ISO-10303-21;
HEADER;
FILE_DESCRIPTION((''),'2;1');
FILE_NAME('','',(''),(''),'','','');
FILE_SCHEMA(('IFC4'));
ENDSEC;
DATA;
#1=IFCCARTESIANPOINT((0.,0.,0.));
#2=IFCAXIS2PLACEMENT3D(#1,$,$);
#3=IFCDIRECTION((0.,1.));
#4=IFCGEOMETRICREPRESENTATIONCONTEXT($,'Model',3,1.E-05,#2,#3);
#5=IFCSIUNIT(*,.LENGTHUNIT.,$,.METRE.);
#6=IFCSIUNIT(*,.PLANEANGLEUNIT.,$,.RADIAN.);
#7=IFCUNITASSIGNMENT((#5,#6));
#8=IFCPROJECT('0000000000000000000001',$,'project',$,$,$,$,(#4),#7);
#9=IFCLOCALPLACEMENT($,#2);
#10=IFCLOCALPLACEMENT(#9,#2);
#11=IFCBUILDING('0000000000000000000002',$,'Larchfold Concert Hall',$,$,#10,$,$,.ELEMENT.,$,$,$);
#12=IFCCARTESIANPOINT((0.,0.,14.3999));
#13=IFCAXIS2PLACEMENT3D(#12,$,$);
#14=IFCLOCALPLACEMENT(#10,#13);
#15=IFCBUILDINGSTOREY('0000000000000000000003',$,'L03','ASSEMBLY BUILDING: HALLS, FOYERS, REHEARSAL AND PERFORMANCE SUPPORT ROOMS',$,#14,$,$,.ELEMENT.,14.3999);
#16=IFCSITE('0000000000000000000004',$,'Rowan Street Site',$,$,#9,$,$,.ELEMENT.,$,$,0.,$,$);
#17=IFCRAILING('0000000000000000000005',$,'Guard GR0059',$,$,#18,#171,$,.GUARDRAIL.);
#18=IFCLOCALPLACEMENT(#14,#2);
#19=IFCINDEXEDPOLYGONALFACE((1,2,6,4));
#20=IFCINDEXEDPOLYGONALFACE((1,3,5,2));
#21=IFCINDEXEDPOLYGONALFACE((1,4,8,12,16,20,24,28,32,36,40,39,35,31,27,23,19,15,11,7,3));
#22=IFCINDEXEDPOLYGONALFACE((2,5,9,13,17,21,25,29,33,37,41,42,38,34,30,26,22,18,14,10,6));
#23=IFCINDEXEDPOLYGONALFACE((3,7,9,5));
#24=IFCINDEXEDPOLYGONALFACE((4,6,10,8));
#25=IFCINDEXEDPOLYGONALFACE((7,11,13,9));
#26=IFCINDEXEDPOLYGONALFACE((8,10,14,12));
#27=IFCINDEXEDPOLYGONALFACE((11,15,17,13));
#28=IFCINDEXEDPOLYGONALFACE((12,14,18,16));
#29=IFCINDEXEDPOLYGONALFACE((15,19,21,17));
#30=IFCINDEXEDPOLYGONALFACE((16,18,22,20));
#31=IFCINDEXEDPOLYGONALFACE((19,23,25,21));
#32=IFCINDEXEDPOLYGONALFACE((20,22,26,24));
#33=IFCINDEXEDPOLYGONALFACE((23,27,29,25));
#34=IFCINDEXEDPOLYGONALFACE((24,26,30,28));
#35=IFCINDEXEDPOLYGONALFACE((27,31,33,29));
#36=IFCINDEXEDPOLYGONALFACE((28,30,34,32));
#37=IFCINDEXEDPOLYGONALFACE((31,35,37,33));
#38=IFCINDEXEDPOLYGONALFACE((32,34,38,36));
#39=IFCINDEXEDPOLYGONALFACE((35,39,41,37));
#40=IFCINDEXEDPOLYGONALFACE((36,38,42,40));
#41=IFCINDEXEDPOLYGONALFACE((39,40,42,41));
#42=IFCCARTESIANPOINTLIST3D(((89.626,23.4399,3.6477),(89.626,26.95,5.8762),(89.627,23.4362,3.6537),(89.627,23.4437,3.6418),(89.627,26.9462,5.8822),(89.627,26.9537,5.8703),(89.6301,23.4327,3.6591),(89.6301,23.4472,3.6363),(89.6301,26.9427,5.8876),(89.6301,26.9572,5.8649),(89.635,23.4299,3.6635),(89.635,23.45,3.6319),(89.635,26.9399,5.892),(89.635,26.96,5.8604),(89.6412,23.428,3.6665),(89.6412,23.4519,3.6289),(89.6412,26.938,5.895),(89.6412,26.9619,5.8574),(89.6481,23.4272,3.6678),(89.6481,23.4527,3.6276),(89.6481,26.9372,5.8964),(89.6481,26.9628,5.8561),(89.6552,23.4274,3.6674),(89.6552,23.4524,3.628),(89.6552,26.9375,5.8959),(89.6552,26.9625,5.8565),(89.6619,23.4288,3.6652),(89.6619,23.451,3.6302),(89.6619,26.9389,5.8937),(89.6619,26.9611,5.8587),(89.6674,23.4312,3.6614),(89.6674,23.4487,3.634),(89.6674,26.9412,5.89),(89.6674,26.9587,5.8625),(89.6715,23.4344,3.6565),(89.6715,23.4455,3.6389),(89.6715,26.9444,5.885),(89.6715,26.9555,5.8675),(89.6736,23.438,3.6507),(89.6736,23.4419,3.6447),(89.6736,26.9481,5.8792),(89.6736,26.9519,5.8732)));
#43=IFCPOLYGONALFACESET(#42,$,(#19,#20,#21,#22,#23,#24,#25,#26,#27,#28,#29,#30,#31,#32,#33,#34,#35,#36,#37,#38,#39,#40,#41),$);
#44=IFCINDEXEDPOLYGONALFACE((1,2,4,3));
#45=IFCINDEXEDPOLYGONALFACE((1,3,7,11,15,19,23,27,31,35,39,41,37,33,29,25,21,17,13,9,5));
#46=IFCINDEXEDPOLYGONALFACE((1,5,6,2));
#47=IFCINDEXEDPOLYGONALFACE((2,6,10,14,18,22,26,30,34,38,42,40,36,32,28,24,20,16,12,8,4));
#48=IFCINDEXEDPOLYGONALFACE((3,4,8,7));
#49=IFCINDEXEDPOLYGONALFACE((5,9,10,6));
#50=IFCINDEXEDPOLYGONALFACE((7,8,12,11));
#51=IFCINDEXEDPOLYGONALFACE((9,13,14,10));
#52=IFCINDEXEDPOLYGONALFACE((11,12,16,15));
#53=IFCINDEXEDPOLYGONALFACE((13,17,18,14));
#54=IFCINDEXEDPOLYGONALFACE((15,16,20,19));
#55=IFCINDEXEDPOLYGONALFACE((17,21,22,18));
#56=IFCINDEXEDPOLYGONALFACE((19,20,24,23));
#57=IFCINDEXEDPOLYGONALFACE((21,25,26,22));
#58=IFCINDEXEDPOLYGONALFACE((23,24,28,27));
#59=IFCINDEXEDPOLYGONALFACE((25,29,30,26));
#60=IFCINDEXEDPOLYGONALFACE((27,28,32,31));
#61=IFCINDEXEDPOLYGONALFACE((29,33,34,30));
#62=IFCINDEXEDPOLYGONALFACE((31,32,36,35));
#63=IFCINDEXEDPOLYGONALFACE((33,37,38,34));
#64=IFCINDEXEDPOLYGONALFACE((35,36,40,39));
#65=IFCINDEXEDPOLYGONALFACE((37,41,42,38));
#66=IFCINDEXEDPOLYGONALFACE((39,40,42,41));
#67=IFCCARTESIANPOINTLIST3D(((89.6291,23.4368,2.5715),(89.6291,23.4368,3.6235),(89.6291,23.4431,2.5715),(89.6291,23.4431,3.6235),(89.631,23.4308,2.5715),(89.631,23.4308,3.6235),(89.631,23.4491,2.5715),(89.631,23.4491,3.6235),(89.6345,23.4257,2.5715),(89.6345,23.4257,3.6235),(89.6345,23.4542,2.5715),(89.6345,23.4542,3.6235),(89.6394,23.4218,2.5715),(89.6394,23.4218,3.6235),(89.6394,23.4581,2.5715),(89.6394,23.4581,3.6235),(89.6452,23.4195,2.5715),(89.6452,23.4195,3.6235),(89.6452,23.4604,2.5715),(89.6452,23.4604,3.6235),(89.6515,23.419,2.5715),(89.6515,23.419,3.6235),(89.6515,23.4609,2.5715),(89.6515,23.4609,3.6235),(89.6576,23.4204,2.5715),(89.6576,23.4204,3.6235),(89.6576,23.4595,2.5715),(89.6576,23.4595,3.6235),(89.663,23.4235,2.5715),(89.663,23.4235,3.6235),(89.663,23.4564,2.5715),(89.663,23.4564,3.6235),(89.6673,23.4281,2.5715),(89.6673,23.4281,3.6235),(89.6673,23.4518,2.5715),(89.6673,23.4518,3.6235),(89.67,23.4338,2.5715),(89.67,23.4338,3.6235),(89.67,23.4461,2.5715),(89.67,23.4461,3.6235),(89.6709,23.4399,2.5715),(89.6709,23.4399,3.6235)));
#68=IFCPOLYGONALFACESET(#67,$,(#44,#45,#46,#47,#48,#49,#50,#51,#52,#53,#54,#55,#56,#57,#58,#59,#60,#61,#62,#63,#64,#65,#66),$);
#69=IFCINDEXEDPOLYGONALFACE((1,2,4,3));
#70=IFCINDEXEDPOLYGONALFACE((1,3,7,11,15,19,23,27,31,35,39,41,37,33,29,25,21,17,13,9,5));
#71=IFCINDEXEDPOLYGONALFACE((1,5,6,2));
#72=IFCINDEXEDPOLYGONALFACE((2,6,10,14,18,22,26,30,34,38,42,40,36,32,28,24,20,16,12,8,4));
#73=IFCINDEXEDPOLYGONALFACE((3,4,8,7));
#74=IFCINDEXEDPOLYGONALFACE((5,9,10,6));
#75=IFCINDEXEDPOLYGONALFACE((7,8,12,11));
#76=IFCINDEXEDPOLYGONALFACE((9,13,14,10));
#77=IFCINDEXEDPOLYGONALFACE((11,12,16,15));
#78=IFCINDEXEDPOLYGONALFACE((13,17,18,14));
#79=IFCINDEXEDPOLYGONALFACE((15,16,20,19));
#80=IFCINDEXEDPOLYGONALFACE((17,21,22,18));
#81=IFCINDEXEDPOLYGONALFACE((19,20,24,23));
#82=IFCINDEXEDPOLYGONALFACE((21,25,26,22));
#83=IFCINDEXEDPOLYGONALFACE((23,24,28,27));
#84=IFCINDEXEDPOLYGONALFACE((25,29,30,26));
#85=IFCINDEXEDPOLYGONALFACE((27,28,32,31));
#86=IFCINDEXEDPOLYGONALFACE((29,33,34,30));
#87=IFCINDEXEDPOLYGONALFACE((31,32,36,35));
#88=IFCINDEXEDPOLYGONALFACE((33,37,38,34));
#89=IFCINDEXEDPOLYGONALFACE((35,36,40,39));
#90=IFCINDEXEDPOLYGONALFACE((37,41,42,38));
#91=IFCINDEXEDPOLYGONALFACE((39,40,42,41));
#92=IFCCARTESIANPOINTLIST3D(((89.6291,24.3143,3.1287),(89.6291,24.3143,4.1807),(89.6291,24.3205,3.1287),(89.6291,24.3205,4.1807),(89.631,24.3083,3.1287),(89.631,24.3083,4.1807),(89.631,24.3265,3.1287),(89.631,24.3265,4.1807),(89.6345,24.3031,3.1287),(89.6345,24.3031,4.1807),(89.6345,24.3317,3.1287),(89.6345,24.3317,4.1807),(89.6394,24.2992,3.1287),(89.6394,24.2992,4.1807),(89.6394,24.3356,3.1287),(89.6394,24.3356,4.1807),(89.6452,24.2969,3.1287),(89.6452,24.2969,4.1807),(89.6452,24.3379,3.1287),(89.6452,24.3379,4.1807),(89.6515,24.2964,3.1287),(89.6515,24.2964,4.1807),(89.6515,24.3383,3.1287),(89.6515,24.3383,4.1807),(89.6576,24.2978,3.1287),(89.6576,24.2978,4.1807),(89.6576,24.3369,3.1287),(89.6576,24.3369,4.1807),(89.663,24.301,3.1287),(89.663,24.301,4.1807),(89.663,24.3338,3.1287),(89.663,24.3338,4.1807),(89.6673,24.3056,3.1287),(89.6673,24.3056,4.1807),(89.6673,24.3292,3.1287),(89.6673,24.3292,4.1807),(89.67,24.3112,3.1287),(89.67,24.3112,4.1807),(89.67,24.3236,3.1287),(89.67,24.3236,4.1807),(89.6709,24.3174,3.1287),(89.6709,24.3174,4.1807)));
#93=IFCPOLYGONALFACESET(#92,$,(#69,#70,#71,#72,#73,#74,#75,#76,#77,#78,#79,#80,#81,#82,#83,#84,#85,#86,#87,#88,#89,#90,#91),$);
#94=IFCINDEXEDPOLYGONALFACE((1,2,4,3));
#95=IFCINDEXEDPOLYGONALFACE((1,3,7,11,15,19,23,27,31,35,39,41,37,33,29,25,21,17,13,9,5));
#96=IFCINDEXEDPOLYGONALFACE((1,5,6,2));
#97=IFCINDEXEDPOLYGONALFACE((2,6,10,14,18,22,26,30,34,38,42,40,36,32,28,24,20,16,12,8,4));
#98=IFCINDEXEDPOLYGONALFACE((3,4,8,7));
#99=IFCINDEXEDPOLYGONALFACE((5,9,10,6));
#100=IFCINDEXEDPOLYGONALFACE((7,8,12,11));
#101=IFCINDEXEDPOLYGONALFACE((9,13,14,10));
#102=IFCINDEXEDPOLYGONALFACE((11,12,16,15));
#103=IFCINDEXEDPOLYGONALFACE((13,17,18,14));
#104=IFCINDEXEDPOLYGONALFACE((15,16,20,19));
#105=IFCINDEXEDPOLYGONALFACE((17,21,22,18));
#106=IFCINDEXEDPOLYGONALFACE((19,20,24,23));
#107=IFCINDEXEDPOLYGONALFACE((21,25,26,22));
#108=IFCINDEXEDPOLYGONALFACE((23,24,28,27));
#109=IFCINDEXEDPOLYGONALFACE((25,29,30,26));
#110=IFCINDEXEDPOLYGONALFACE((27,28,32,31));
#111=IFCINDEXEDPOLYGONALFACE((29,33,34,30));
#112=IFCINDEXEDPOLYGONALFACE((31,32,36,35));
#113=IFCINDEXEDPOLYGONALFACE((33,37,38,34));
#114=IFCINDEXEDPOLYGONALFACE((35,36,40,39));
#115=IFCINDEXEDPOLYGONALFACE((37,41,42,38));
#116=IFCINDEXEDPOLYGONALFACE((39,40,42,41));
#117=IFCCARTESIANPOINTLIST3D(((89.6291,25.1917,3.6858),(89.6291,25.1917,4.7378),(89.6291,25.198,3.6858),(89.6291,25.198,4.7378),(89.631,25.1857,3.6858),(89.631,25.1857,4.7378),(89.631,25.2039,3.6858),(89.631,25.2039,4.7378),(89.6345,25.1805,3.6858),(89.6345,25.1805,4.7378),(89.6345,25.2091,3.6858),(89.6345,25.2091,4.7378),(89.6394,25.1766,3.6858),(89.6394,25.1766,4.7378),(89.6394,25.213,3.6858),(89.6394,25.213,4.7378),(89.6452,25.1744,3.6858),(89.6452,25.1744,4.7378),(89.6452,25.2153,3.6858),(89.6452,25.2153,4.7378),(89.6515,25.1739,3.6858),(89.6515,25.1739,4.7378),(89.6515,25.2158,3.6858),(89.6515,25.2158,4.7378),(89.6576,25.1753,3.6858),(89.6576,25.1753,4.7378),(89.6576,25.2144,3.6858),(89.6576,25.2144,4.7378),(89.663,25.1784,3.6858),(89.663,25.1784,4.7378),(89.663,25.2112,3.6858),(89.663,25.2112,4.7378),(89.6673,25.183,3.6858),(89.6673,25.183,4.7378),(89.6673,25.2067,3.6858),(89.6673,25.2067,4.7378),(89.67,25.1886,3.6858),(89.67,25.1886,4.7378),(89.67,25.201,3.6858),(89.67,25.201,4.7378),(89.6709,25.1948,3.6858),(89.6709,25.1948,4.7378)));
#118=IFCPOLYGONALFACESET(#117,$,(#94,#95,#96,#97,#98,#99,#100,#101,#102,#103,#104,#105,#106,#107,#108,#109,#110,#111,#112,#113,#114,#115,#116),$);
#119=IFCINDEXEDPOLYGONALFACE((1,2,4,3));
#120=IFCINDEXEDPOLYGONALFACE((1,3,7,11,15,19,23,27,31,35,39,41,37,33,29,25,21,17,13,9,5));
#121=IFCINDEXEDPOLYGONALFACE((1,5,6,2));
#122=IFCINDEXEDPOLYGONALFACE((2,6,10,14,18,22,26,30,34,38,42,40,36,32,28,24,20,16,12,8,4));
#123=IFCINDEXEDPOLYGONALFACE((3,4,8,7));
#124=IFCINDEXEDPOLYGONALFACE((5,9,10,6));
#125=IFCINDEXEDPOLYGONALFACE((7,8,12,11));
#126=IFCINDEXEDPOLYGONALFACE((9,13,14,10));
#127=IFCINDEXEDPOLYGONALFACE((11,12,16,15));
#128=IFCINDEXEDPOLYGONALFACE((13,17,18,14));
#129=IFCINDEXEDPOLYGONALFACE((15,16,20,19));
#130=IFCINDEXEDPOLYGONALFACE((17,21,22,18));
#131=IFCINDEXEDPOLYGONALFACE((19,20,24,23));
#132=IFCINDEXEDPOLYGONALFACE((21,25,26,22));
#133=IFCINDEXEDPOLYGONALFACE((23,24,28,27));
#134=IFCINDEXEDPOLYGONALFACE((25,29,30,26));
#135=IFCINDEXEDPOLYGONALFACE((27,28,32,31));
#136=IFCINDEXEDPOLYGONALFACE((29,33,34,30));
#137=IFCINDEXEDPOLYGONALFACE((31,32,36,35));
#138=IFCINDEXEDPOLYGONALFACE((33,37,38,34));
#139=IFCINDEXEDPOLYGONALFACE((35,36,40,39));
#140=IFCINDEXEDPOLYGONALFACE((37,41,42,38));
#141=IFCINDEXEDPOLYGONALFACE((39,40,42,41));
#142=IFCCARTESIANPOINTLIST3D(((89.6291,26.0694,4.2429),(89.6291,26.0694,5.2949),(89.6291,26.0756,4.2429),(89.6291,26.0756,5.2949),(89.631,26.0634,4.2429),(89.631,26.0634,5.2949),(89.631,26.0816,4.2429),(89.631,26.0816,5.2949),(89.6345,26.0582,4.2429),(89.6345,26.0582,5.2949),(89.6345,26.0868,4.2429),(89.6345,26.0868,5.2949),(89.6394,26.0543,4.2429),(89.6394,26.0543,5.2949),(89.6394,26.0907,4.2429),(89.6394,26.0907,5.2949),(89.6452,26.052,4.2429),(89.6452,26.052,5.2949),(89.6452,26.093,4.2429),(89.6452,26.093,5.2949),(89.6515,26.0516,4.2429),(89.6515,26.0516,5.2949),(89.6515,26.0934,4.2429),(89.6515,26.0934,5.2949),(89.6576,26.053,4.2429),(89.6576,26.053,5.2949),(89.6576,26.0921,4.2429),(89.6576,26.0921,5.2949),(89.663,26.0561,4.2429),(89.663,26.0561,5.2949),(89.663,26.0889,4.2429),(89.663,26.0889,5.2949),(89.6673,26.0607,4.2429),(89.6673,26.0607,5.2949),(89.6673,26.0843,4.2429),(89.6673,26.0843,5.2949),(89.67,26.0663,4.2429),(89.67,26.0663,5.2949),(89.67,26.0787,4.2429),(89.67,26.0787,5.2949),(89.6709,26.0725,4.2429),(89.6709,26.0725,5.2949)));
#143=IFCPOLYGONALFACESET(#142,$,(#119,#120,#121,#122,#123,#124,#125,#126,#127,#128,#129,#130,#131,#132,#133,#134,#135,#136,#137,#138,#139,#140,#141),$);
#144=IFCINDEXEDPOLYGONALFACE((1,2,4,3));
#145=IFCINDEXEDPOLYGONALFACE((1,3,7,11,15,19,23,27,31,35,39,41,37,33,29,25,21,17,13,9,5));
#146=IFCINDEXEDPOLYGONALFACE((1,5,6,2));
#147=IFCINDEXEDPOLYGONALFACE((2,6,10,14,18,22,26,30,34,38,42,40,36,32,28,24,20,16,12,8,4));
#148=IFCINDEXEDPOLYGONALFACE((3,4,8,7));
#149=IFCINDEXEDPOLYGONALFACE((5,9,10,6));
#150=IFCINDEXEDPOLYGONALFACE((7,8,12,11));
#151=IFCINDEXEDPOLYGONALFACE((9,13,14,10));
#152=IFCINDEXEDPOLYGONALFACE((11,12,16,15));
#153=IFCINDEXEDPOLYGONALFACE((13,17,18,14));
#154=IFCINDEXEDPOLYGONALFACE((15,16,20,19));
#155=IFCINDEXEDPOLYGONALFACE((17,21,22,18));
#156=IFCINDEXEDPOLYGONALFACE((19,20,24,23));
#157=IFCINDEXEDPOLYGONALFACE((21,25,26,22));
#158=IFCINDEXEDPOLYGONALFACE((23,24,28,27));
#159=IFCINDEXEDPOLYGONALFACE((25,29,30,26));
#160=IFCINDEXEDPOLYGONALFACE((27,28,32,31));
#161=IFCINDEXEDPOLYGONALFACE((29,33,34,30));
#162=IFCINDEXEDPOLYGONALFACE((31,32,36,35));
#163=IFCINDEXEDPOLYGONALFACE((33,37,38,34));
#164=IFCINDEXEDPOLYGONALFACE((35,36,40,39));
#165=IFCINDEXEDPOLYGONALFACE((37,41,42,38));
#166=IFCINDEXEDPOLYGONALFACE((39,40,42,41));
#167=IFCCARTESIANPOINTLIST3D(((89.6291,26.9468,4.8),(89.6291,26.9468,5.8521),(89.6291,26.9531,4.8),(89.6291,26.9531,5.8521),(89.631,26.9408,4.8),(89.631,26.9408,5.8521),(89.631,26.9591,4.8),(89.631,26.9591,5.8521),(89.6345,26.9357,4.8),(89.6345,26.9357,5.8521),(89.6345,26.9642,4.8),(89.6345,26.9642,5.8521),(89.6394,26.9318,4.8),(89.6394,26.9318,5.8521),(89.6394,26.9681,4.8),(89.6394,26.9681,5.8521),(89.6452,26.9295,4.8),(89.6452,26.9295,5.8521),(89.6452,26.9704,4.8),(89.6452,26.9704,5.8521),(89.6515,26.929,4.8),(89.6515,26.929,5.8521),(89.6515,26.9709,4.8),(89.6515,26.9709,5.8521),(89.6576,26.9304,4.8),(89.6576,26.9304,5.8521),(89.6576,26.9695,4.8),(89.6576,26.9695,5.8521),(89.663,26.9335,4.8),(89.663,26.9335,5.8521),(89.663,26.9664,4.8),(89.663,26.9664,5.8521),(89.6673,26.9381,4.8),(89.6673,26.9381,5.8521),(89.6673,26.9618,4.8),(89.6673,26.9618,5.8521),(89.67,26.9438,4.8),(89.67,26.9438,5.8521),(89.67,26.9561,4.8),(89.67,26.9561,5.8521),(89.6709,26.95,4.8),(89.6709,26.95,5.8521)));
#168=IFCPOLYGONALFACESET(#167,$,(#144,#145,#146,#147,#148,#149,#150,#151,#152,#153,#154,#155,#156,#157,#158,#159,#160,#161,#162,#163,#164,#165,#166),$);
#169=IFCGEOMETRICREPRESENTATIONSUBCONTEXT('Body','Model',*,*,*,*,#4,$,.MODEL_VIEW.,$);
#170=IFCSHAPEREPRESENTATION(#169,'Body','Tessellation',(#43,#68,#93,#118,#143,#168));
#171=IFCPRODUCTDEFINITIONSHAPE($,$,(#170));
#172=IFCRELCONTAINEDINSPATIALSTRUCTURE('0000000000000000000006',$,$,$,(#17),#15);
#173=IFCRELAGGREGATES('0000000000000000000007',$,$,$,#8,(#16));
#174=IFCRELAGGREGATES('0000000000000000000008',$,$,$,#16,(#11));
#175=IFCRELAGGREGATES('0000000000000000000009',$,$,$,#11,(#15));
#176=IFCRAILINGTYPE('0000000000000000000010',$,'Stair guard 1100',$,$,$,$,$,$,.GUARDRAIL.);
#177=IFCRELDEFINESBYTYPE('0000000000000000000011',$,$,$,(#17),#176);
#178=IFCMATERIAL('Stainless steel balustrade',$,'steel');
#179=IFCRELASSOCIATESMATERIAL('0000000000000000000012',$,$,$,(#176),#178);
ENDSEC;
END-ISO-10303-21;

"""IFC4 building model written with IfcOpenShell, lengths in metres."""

from ifc_helpers import new_model, si_unit, direction, frame, origin, origin_2d, place, context, subcontext, project, spatial, circle, extrude, material, type_object, element, save


model = new_model("IFC4")

# Units and contexts
model_context = context("Model", 3, precision=1e-05, world=origin(), true_north=direction((0.0, 1.0)))
body_context = subcontext(model_context, "Body", "Model", "MODEL_VIEW")
ifc_project = project(units=[si_unit("LENGTHUNIT", "METRE"), si_unit("PLANEANGLEUNIT", "RADIAN")], contexts=[model_context])

# Site, building, storey
site_placement = place(None, origin())
site = spatial("IfcSite", under=ifc_project, at=site_placement, Name="Rowan Street Site", CompositionType="ELEMENT", RefElevation=0.0)
building_placement = place(site_placement, origin())
building = spatial("IfcBuilding", under=site, at=building_placement, Name="Larchfold Concert Hall", CompositionType="ELEMENT")
storey_placement = place(building_placement, frame((0.0, 0.0, 14.3999)))
storey = spatial("IfcBuildingStorey", under=building, at=storey_placement, Name="L03", Description="ASSEMBLY BUILDING: HALLS, FOYERS, REHEARSAL AND PERFORMANCE SUPPORT ROOMS", CompositionType="ELEMENT", Elevation=14.3999)

# Railing
ifc_material_1 = material(Name="Stainless steel balustrade", Category="steel")
railing_type_1 = type_object("IfcRailingType", Name="Stair guard 1100", PredefinedType="GUARDRAIL", material=ifc_material_1)
railing_1_placement = place(storey_placement, frame((89.6499, 23.4399, 2.5715)))
element("IfcRailing", 1, at=railing_1_placement, inside=storey, type_object=railing_type_1, Name="Guard GR0059", PredefinedType="GUARDRAIL", context=body_context, shape_type="SweptSolid", body=[
    extrude(circle(Radius=0.0239, at=origin_2d()), frame((0.0, 0.0, 1.0762), z_axis=(0.0, 0.84422, 0.535998), x_axis=(-1.0, 0.0, 0.0)), (0.0, 0.0, 1.0), 4.1577),
    extrude(circle(Radius=0.021, at=origin_2d()), origin(), (0.0, 0.0, 1.0), 1.052),
    extrude(circle(Radius=0.021, at=origin_2d()), frame((0.0, 0.8774, 0.5571)), (0.0, 0.0, 1.0), 1.052),
    extrude(circle(Radius=0.021, at=origin_2d()), frame((0.0, 1.7549, 1.1143)), (0.0, 0.0, 1.0), 1.052),
    extrude(circle(Radius=0.021, at=origin_2d()), frame((0.0, 2.6326, 1.6714)), (0.0, 0.0, 1.0), 1.052),
    extrude(circle(Radius=0.021, at=origin_2d()), frame((0.0, 3.51, 2.2285)), (0.0, 0.0, 1.0), 1.052),
])

save(model, "model.ifc")
